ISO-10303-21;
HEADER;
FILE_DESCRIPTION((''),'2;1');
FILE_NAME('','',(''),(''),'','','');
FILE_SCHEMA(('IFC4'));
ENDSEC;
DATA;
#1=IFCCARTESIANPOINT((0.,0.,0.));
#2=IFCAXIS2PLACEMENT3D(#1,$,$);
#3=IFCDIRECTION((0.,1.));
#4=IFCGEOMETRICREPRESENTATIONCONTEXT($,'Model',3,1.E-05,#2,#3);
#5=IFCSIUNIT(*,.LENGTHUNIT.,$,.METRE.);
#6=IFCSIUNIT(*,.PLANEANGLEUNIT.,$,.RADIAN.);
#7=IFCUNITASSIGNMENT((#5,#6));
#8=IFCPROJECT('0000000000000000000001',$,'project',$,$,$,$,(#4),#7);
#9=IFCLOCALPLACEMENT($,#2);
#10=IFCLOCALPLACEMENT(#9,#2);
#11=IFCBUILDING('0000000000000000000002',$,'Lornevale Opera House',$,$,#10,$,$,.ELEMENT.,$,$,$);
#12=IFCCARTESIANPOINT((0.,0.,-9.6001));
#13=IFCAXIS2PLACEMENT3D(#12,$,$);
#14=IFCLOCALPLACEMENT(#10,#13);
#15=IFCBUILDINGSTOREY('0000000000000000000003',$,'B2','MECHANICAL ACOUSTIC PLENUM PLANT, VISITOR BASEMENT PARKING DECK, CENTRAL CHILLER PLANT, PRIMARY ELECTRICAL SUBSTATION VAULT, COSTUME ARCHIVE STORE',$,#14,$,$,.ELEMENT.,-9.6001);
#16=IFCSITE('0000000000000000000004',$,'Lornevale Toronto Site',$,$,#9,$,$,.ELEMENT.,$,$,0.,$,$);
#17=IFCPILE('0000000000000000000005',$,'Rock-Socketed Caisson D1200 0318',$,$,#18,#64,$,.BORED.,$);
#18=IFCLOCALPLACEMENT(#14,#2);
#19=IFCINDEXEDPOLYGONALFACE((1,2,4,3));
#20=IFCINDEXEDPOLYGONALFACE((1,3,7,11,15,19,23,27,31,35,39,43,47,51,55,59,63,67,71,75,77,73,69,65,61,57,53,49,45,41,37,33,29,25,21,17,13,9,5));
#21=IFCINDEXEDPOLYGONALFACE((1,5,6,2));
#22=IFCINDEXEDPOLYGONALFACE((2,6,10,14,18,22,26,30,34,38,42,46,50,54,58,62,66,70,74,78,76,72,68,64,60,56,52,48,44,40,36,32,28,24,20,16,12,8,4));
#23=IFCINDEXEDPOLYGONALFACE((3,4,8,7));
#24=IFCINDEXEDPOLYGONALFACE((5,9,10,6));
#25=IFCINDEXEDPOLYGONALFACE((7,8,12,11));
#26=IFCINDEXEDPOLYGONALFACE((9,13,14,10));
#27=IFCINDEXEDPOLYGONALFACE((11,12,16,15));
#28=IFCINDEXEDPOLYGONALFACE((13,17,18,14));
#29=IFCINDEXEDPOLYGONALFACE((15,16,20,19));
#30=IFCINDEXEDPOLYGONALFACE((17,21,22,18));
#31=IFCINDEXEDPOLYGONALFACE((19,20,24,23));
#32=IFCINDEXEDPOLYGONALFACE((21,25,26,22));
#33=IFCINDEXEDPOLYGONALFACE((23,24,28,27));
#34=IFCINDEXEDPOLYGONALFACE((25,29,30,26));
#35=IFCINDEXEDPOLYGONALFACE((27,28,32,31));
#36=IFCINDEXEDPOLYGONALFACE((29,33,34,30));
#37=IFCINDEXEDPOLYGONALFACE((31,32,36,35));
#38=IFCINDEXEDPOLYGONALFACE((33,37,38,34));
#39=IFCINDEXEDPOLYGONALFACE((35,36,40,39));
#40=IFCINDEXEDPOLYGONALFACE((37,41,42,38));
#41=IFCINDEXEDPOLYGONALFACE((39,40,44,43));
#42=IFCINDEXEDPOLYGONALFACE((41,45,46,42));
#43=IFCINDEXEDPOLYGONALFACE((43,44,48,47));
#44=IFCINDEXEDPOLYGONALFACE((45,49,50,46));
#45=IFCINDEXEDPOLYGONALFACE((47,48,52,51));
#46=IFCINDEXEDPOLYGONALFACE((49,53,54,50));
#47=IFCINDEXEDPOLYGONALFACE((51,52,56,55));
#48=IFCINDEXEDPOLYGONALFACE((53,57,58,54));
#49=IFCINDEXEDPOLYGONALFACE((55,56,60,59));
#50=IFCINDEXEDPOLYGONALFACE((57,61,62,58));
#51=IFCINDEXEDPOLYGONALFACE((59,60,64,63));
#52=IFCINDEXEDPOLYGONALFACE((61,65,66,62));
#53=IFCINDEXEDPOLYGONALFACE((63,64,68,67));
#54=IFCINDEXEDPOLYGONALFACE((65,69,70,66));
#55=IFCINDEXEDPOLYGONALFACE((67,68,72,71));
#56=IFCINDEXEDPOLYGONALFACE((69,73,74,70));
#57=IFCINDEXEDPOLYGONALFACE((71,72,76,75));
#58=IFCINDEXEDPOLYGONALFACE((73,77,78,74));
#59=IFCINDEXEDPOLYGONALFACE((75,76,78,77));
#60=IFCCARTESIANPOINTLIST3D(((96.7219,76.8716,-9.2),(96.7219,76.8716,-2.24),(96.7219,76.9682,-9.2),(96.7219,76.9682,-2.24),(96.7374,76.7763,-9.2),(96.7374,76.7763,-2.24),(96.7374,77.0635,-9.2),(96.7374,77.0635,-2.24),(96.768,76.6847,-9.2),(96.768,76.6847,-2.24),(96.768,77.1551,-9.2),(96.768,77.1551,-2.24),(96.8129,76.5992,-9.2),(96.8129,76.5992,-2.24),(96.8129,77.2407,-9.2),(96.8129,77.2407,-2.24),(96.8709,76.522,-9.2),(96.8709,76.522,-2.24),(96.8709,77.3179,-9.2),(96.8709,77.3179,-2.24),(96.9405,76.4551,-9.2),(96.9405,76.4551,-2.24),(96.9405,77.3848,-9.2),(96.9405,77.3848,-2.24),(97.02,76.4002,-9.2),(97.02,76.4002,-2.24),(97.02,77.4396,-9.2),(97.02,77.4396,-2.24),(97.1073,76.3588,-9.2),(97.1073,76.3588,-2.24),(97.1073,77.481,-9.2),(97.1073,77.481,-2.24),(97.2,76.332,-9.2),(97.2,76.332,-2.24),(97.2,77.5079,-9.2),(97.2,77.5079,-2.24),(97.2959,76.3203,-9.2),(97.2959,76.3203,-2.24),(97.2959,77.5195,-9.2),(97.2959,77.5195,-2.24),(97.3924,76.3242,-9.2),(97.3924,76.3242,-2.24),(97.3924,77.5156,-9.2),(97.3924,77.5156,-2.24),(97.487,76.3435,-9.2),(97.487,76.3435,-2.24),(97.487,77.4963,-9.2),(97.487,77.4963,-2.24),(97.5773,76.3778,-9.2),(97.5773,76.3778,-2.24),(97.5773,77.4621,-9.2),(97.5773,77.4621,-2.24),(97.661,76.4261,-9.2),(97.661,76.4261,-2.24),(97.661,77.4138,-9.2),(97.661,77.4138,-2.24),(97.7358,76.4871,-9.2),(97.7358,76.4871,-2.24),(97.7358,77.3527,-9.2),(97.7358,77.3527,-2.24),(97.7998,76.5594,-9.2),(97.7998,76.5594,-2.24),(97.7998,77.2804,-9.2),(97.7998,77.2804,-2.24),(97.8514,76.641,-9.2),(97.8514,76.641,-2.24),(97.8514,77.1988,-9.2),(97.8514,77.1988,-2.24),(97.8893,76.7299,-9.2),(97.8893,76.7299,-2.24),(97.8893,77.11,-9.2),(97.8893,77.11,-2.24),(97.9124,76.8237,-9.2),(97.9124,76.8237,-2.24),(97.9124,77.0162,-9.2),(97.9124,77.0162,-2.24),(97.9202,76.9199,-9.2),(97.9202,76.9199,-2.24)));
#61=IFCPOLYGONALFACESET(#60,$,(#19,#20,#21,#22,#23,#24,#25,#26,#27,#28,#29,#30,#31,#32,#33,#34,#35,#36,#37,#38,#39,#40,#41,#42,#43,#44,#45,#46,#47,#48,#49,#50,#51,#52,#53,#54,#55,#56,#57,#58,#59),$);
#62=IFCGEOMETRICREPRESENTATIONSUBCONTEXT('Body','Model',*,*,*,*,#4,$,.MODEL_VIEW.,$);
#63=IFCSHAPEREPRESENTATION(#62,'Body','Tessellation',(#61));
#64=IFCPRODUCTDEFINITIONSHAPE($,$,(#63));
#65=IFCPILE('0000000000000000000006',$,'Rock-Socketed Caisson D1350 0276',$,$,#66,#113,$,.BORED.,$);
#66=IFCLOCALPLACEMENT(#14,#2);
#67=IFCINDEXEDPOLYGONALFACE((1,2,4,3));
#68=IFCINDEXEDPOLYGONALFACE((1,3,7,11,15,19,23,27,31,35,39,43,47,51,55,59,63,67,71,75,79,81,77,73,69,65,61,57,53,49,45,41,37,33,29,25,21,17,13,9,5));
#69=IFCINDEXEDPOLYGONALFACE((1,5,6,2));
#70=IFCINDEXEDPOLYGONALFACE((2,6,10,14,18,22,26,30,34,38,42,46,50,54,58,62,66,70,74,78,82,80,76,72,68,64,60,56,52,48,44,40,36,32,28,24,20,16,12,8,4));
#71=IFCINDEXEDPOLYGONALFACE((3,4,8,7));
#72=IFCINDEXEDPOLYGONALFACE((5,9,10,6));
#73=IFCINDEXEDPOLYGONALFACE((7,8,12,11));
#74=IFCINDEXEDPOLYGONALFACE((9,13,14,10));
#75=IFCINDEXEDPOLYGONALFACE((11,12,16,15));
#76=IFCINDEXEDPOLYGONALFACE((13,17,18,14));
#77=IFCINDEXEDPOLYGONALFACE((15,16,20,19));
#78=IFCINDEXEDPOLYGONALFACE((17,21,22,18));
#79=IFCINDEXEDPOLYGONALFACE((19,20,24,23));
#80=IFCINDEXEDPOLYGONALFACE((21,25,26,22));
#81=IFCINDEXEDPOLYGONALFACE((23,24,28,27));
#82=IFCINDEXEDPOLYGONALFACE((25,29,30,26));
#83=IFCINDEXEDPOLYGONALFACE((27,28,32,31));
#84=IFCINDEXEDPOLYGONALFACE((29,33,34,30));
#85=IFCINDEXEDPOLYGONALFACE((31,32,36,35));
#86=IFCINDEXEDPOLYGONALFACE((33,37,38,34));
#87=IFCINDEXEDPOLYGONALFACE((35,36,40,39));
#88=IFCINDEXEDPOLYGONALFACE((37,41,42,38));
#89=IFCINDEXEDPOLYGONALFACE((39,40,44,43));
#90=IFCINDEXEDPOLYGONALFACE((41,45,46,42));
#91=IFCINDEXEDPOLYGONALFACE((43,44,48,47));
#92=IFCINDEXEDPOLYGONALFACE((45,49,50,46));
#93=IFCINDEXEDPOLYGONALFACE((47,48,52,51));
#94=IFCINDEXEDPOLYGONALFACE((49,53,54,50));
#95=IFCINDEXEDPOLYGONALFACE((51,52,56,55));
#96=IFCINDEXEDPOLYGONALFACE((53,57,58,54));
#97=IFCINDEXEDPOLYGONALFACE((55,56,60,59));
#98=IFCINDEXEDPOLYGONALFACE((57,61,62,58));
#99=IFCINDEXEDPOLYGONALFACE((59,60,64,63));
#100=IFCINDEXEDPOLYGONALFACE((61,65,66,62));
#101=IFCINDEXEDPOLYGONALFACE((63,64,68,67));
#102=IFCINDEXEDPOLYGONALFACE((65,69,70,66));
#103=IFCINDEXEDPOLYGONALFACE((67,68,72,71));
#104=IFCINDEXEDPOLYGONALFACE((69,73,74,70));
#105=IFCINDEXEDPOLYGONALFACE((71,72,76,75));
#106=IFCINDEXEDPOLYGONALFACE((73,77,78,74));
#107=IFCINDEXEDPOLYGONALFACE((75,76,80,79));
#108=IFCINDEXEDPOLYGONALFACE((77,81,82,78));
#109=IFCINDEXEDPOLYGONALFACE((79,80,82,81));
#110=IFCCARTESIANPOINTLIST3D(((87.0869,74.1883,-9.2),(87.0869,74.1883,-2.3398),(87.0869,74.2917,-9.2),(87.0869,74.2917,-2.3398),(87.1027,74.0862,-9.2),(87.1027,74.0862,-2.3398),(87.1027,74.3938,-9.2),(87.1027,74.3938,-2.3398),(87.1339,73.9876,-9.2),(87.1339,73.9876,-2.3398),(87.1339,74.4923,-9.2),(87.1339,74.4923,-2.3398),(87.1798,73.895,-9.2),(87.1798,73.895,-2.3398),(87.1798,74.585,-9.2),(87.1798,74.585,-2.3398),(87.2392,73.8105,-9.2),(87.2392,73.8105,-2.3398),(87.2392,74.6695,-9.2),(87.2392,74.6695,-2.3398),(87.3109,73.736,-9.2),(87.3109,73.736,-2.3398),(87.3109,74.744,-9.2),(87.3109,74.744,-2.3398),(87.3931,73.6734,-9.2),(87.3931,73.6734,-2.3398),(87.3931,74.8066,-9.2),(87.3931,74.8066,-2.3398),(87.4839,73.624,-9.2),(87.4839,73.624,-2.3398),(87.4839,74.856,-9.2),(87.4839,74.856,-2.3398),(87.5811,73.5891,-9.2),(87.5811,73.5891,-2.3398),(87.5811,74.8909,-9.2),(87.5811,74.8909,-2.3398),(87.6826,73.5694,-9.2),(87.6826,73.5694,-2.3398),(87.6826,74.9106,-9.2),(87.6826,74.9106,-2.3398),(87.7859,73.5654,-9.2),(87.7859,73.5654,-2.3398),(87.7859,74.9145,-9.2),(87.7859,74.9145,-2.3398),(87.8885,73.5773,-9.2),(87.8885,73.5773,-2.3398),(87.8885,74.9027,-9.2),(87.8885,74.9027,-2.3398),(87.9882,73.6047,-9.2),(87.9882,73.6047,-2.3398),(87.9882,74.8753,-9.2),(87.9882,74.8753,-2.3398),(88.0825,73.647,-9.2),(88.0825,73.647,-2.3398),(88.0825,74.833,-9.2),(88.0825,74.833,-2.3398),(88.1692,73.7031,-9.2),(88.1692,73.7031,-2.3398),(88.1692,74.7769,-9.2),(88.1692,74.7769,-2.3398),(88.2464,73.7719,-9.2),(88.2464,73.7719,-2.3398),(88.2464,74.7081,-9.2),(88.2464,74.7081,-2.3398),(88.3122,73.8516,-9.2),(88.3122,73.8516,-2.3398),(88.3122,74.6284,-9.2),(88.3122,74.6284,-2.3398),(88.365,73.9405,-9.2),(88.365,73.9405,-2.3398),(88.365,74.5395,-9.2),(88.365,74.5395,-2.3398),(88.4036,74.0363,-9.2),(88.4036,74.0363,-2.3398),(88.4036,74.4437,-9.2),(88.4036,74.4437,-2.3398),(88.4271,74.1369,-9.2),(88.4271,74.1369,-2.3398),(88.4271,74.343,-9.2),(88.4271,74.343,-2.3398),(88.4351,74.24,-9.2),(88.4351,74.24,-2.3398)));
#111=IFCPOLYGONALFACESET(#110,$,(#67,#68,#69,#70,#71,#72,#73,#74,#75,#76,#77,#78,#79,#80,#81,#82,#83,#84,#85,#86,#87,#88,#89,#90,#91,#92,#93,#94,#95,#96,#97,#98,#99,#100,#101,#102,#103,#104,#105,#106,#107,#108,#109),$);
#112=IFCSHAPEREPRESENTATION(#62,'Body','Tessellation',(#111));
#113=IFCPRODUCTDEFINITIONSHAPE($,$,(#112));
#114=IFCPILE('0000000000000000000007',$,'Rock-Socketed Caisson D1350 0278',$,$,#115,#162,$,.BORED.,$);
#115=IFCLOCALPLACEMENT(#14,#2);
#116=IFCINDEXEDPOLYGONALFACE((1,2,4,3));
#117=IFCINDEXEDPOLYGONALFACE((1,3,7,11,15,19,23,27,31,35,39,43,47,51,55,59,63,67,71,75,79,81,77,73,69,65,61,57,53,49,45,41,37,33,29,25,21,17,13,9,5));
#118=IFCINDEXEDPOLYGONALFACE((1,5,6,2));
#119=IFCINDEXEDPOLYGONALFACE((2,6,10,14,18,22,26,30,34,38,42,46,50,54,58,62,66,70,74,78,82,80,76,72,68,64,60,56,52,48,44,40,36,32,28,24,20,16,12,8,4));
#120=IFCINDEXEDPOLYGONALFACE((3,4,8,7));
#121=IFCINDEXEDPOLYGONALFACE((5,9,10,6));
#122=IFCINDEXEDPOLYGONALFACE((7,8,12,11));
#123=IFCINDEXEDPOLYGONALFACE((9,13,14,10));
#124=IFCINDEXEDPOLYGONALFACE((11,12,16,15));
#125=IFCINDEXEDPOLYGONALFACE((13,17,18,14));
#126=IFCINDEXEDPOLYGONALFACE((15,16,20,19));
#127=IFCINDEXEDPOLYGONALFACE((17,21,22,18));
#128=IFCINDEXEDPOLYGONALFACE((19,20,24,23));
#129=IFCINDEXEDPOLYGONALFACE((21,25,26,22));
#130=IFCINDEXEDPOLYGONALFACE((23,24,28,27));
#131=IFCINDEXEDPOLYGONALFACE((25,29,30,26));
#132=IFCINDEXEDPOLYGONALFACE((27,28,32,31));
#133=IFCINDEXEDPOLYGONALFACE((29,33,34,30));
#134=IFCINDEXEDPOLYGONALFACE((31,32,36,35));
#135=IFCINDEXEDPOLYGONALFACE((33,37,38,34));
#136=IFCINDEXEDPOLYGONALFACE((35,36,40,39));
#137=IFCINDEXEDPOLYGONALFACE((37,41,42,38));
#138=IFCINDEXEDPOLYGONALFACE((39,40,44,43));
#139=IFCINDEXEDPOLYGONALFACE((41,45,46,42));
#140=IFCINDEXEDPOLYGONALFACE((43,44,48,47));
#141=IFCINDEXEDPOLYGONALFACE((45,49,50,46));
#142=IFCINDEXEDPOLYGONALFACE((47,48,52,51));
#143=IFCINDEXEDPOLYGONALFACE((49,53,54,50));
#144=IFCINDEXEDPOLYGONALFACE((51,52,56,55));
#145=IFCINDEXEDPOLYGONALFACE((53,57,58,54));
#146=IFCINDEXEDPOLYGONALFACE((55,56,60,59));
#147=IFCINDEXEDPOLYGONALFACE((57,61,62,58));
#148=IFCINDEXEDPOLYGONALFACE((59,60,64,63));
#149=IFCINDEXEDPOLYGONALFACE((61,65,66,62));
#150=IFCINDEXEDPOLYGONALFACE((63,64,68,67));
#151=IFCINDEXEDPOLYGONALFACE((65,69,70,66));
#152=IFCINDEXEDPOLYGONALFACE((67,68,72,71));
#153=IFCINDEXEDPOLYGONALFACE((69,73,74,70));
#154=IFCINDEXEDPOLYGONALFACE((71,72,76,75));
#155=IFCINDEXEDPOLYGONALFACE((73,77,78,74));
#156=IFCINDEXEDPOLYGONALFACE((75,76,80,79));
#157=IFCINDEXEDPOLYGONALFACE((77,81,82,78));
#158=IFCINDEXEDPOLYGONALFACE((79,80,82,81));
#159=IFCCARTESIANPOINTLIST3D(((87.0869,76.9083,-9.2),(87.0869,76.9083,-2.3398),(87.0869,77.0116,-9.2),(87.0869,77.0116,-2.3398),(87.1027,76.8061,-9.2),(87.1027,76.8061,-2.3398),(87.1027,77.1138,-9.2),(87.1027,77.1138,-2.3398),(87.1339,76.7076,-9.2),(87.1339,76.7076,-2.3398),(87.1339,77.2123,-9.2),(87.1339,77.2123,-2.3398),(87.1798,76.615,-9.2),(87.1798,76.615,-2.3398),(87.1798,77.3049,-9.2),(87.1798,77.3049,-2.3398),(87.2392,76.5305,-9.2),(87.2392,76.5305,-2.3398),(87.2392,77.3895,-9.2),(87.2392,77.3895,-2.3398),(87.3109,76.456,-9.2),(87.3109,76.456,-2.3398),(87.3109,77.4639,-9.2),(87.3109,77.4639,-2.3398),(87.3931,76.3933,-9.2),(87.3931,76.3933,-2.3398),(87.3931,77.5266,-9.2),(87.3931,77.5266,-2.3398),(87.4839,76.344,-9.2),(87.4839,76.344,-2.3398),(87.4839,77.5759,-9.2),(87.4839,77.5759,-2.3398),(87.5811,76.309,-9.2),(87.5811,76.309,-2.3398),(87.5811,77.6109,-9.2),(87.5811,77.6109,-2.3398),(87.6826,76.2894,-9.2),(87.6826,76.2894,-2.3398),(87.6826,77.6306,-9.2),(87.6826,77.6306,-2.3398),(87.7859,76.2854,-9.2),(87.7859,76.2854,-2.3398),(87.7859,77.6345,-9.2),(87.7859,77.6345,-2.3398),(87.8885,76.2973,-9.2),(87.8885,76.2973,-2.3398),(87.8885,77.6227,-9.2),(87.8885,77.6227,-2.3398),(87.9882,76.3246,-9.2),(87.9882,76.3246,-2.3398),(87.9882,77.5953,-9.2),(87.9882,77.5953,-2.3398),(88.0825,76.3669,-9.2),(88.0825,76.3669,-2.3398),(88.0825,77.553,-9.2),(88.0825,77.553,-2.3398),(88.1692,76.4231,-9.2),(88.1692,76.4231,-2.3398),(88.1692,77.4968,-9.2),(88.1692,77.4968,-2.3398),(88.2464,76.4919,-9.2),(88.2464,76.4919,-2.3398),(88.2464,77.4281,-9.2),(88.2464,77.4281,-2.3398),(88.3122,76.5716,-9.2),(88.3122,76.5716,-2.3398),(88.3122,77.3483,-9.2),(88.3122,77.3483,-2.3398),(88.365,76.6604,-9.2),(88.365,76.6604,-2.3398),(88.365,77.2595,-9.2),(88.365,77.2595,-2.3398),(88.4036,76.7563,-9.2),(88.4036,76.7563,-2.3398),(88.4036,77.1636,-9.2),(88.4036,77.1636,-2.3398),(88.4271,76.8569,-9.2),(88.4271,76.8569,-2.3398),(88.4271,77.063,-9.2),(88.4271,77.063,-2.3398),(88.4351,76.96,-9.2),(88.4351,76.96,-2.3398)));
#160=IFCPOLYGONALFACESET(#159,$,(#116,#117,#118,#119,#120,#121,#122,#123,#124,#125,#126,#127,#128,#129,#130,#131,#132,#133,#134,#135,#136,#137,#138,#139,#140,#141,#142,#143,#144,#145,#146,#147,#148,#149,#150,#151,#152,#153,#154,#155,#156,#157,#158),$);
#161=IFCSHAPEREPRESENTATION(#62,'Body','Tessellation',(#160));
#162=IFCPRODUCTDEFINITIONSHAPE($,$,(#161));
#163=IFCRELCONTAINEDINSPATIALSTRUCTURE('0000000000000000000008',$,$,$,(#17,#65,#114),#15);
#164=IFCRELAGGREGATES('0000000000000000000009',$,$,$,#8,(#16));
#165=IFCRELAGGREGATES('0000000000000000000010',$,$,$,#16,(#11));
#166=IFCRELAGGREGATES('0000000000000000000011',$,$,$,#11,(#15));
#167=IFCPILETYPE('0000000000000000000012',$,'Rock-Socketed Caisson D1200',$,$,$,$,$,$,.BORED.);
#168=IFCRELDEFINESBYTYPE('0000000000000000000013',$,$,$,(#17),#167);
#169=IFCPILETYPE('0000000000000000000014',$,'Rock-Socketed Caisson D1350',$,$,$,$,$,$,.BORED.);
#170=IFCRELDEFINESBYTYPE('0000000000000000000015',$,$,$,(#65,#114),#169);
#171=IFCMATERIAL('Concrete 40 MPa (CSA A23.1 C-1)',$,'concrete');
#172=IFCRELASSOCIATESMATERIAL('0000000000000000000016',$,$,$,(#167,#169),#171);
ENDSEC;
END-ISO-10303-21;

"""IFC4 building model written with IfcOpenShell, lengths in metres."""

from ifc_helpers import new_model, si_unit, direction, frame, origin, origin_2d, place, context, subcontext, project, spatial, circle, extrude, material, material_profile, profile_set, type_object, element, save


model = new_model("IFC4")

# Units and contexts
model_context = context("Model", 3, precision=1e-05, world=origin(), true_north=direction((0.0, 1.0)))
body_context = subcontext(model_context, "Body", "Model", "MODEL_VIEW")
ifc_project = project(units=[si_unit("LENGTHUNIT", "METRE"), si_unit("PLANEANGLEUNIT", "RADIAN")], contexts=[model_context])

# Site, building, storey
site_placement = place(None, origin())
site = spatial("IfcSite", under=ifc_project, at=site_placement, Name="Lornevale Toronto Site", CompositionType="ELEMENT", RefElevation=0.0)
building_placement = place(site_placement, origin())
building = spatial("IfcBuilding", under=site, at=building_placement, Name="Lornevale Opera House", CompositionType="ELEMENT")
storey_placement = place(building_placement, frame((0.0, 0.0, -9.6001)))
storey = spatial("IfcBuildingStorey", under=building, at=storey_placement, Name="B2", Description="MECHANICAL ACOUSTIC PLENUM PLANT, VISITOR BASEMENT PARKING DECK, CENTRAL CHILLER PLANT, PRIMARY ELECTRICAL SUBSTATION VAULT, COSTUME ARCHIVE STORE", CompositionType="ELEMENT", Elevation=-9.6001)

# Piles
ifc_material_1 = material(Name="Concrete 40 MPa (CSA A23.1 C-1)", Category="concrete")
ifc_material_profile_1 = material_profile(ifc_material_1, circle(Radius=0.6001, at=origin_2d()), Name="CAIS1200")
ifc_profile_set_1 = profile_set([ifc_material_profile_1], Name="Concrete 40 MPa (CSA A23.1 C-1)")
pile_type_1 = type_object("IfcPileType", Name="Rock-Socketed Caisson D1200", PredefinedType="BORED", material=ifc_profile_set_1)
for number, where, z_axis, x_axis, name in (
    (1, (97.3201, 76.9199, -2.24), (0.0, 0.0, -1.0), (1.0, 0.0, 0.0), "Rock-Socketed Caisson D1200 0318"),
):
    element("IfcPile", number, at=place(storey_placement, frame(where, z_axis=z_axis, x_axis=x_axis)), inside=storey, type_object=pile_type_1, Name=name, PredefinedType="BORED", context=body_context, shape_type="SweptSolid", body=[
        extrude(circle(Radius=0.6001, at=origin_2d()), origin(), (0.0, 0.0, 1.0), 6.96),
    ])
ifc_material_profile_2 = material_profile(ifc_material_1, circle(Radius=0.675, at=origin_2d()), Name="CAIS1350")
ifc_profile_set_2 = profile_set([ifc_material_profile_2], Name="Concrete 40 MPa (CSA A23.1 C-1)")
pile_type_2 = type_object("IfcPileType", Name="Rock-Socketed Caisson D1350", PredefinedType="BORED", material=ifc_profile_set_2)
for number, where, z_axis, x_axis, name in (
    (2, (87.76, 74.24, -2.3398), (0.0, 0.0, -1.0), (1.0, 0.0, 0.0), "Rock-Socketed Caisson D1350 0276"),
    (3, (87.76, 76.96, -2.3398), (0.0, 0.0, -1.0), (1.0, 0.0, 0.0), "Rock-Socketed Caisson D1350 0278"),
):
    element("IfcPile", number, at=place(storey_placement, frame(where, z_axis=z_axis, x_axis=x_axis)), inside=storey, type_object=pile_type_2, Name=name, PredefinedType="BORED", context=body_context, shape_type="SweptSolid", body=[
        extrude(circle(Radius=0.675, at=origin_2d()), origin(), (0.0, 0.0, 1.0), 6.8601),
    ])

save(model, "model.ifc")
